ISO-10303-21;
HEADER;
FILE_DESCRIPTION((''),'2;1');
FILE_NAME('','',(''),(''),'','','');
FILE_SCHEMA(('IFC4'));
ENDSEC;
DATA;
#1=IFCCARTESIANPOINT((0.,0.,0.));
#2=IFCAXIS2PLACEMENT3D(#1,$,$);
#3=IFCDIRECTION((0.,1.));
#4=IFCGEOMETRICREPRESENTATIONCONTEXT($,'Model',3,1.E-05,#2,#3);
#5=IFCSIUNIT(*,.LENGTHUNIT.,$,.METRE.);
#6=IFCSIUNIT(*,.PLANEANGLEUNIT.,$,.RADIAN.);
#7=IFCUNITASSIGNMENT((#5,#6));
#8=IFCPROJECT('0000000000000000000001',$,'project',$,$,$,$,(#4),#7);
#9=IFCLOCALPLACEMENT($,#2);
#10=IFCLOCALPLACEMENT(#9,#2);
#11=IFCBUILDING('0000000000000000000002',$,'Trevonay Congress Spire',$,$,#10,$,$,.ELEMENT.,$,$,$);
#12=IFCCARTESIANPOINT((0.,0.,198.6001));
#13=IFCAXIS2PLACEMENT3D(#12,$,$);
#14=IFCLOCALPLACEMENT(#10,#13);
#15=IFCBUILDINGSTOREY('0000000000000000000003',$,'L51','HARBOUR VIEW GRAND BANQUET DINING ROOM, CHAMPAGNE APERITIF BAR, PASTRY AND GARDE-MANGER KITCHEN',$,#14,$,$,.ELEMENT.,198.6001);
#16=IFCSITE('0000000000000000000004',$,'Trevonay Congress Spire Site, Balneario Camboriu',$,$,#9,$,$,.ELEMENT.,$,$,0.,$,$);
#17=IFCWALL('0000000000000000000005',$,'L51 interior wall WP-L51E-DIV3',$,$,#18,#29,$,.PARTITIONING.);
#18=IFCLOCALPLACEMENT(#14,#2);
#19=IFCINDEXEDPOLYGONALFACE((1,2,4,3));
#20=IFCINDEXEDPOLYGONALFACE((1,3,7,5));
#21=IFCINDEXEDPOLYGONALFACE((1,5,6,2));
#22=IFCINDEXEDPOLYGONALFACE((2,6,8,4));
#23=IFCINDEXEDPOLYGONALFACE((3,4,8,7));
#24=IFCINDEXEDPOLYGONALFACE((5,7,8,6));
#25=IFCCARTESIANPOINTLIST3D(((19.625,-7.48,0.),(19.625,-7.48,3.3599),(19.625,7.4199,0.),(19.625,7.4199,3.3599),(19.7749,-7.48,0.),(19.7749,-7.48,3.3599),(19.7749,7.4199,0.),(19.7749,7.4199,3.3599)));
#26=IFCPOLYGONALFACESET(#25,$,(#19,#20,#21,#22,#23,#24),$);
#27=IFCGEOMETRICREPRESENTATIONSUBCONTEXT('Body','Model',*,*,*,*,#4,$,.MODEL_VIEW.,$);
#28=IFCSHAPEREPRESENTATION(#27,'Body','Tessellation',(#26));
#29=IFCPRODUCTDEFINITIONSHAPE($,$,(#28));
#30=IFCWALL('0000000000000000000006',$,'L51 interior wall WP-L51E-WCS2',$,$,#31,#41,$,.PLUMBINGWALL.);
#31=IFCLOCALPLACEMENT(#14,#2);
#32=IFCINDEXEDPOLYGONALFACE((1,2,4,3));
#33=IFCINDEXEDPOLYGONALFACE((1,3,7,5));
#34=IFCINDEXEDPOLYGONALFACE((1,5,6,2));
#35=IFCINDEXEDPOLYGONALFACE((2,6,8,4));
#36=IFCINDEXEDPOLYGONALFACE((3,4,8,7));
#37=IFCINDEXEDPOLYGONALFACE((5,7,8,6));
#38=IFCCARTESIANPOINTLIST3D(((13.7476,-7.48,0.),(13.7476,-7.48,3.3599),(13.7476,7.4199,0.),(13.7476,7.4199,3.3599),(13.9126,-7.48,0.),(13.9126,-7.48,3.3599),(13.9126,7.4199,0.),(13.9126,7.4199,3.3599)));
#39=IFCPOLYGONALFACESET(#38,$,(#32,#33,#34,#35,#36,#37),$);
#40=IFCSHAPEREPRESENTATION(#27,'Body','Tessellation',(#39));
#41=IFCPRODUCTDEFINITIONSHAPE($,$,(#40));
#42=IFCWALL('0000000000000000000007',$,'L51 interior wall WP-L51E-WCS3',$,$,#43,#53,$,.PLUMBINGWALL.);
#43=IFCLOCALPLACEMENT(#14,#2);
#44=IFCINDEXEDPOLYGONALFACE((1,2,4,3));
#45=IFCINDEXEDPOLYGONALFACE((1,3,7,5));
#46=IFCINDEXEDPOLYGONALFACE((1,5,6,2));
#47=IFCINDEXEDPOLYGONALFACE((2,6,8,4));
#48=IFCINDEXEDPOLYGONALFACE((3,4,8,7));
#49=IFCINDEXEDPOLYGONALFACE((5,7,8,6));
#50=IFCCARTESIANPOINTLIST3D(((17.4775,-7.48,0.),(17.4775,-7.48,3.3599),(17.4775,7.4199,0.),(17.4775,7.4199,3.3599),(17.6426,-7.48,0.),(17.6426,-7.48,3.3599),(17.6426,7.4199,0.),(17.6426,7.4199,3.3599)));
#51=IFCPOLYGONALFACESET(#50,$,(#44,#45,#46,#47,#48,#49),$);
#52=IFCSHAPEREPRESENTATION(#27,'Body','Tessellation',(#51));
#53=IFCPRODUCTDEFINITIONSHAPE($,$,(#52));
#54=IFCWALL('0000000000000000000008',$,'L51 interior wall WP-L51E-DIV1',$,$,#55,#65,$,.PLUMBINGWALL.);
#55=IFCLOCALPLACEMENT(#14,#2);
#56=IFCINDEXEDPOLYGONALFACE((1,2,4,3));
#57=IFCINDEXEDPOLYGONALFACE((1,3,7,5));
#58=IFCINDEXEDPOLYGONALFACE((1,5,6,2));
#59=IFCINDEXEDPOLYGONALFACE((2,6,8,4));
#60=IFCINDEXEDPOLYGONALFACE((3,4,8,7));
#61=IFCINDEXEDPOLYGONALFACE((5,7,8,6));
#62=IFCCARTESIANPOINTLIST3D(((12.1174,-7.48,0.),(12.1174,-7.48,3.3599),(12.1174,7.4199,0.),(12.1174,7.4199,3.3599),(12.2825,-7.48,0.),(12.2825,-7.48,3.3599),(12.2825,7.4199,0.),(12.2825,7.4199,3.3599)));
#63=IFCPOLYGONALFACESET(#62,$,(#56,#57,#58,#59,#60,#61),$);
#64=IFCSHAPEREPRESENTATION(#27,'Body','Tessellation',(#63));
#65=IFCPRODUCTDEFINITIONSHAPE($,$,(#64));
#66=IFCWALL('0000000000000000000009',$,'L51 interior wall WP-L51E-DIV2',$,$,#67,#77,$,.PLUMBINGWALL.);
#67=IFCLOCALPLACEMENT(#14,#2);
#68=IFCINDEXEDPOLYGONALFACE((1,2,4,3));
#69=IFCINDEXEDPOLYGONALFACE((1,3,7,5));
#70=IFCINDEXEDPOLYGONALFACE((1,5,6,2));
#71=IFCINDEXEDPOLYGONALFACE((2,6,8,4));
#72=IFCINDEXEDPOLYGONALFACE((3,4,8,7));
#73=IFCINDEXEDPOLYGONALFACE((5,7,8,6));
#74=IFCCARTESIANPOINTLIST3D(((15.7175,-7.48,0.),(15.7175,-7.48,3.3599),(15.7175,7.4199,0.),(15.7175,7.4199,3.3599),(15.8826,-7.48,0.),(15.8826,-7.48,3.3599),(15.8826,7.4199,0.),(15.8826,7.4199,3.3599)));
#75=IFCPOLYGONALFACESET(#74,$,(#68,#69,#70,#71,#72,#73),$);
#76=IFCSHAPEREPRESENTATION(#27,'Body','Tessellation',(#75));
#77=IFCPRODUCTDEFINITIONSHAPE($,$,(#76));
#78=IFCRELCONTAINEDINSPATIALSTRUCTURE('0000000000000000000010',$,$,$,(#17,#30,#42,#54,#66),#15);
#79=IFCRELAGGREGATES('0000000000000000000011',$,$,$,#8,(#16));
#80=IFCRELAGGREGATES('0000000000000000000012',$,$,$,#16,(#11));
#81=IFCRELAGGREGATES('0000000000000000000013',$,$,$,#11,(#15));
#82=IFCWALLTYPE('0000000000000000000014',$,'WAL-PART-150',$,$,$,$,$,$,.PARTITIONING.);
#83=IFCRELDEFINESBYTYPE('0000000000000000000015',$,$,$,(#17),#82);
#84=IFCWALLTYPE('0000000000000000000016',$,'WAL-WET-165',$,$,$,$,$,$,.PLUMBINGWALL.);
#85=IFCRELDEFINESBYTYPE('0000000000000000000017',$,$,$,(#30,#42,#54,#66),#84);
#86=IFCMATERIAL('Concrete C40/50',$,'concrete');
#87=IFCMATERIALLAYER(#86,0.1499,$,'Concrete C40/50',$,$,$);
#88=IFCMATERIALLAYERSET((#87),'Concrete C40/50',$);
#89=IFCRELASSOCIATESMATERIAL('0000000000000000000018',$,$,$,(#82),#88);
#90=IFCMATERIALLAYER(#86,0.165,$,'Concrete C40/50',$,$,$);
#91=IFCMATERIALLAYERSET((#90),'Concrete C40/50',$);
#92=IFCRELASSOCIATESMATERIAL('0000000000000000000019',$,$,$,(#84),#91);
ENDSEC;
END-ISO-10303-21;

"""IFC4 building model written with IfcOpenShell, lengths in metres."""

from ifc_helpers import new_model, si_unit, direction, frame, frame_2d, origin, place, context, subcontext, project, spatial, rectangle, extrude, material, layer, layer_set, type_object, element, save


model = new_model("IFC4")

# Units and contexts
model_context = context("Model", 3, precision=1e-05, world=origin(), true_north=direction((0.0, 1.0)))
body_context = subcontext(model_context, "Body", "Model", "MODEL_VIEW")
ifc_project = project(units=[si_unit("LENGTHUNIT", "METRE"), si_unit("PLANEANGLEUNIT", "RADIAN")], contexts=[model_context])

# Site, building, storey
site_placement = place(None, origin())
site = spatial("IfcSite", under=ifc_project, at=site_placement, Name="Trevonay Congress Spire Site, Balneario Camboriu", CompositionType="ELEMENT", RefElevation=0.0)
building_placement = place(site_placement, origin())
building = spatial("IfcBuilding", under=site, at=building_placement, Name="Trevonay Congress Spire", CompositionType="ELEMENT")
storey_placement = place(building_placement, frame((0.0, 0.0, 198.6001)))
storey = spatial("IfcBuildingStorey", under=building, at=storey_placement, Name="L51", Description="HARBOUR VIEW GRAND BANQUET DINING ROOM, CHAMPAGNE APERITIF BAR, PASTRY AND GARDE-MANGER KITCHEN", CompositionType="ELEMENT", Elevation=198.6001)

# Shared definitions
ifc_material_1 = material(Name="Concrete C40/50", Category="concrete")

# Walls
ifc_layer_1 = layer(ifc_material_1, 0.1499, Name="Concrete C40/50")
ifc_layer_set_1 = layer_set([ifc_layer_1], Name="Concrete C40/50")
wall_type_1 = type_object("IfcWallType", Name="WAL-PART-150", PredefinedType="PARTITIONING", material=ifc_layer_set_1)
wall_1_placement = place(storey_placement, frame((19.7, -7.48, 0.0), z_axis=(0.0, 0.0, 1.0), x_axis=(0.0, 1.0, 0.0)))
element("IfcWall", 1, at=wall_1_placement, inside=storey, type_object=wall_type_1, Name="L51 interior wall WP-L51E-DIV3", PredefinedType="PARTITIONING", context=body_context, shape_type="SweptSolid", body=[
    extrude(rectangle(XDim=14.8999, YDim=0.1499, at=frame_2d((7.45, 0.0))), origin(), (0.0, 0.0, 1.0), 3.3599),
])
ifc_layer_2 = layer(ifc_material_1, 0.165, Name="Concrete C40/50")
ifc_layer_set_2 = layer_set([ifc_layer_2], Name="Concrete C40/50")
wall_type_2 = type_object("IfcWallType", Name="WAL-WET-165", PredefinedType="PLUMBINGWALL", material=ifc_layer_set_2)
for number, where, z_axis, x_axis, name in (
    (2, (13.8301, -7.48, 0.0), (0.0, 0.0, 1.0), (0.0, 1.0, 0.0), "L51 interior wall WP-L51E-WCS2"),
    (3, (17.5601, -7.48, 0.0), (0.0, 0.0, 1.0), (0.0, 1.0, 0.0), "L51 interior wall WP-L51E-WCS3"),
    (4, (12.2, -7.48, 0.0), (0.0, 0.0, 1.0), (0.0, 1.0, 0.0), "L51 interior wall WP-L51E-DIV1"),
    (5, (15.8, -7.48, 0.0), (0.0, 0.0, 1.0), (0.0, 1.0, 0.0), "L51 interior wall WP-L51E-DIV2"),
):
    element("IfcWall", number, at=place(storey_placement, frame(where, z_axis=z_axis, x_axis=x_axis)), inside=storey, type_object=wall_type_2, Name=name, PredefinedType="PLUMBINGWALL", context=body_context, shape_type="SweptSolid", body=[
        extrude(rectangle(XDim=14.8999, YDim=0.165, at=frame_2d((7.45, 0.0))), origin(), (0.0, 0.0, 1.0), 3.3599),
    ])

save(model, "model.ifc")
